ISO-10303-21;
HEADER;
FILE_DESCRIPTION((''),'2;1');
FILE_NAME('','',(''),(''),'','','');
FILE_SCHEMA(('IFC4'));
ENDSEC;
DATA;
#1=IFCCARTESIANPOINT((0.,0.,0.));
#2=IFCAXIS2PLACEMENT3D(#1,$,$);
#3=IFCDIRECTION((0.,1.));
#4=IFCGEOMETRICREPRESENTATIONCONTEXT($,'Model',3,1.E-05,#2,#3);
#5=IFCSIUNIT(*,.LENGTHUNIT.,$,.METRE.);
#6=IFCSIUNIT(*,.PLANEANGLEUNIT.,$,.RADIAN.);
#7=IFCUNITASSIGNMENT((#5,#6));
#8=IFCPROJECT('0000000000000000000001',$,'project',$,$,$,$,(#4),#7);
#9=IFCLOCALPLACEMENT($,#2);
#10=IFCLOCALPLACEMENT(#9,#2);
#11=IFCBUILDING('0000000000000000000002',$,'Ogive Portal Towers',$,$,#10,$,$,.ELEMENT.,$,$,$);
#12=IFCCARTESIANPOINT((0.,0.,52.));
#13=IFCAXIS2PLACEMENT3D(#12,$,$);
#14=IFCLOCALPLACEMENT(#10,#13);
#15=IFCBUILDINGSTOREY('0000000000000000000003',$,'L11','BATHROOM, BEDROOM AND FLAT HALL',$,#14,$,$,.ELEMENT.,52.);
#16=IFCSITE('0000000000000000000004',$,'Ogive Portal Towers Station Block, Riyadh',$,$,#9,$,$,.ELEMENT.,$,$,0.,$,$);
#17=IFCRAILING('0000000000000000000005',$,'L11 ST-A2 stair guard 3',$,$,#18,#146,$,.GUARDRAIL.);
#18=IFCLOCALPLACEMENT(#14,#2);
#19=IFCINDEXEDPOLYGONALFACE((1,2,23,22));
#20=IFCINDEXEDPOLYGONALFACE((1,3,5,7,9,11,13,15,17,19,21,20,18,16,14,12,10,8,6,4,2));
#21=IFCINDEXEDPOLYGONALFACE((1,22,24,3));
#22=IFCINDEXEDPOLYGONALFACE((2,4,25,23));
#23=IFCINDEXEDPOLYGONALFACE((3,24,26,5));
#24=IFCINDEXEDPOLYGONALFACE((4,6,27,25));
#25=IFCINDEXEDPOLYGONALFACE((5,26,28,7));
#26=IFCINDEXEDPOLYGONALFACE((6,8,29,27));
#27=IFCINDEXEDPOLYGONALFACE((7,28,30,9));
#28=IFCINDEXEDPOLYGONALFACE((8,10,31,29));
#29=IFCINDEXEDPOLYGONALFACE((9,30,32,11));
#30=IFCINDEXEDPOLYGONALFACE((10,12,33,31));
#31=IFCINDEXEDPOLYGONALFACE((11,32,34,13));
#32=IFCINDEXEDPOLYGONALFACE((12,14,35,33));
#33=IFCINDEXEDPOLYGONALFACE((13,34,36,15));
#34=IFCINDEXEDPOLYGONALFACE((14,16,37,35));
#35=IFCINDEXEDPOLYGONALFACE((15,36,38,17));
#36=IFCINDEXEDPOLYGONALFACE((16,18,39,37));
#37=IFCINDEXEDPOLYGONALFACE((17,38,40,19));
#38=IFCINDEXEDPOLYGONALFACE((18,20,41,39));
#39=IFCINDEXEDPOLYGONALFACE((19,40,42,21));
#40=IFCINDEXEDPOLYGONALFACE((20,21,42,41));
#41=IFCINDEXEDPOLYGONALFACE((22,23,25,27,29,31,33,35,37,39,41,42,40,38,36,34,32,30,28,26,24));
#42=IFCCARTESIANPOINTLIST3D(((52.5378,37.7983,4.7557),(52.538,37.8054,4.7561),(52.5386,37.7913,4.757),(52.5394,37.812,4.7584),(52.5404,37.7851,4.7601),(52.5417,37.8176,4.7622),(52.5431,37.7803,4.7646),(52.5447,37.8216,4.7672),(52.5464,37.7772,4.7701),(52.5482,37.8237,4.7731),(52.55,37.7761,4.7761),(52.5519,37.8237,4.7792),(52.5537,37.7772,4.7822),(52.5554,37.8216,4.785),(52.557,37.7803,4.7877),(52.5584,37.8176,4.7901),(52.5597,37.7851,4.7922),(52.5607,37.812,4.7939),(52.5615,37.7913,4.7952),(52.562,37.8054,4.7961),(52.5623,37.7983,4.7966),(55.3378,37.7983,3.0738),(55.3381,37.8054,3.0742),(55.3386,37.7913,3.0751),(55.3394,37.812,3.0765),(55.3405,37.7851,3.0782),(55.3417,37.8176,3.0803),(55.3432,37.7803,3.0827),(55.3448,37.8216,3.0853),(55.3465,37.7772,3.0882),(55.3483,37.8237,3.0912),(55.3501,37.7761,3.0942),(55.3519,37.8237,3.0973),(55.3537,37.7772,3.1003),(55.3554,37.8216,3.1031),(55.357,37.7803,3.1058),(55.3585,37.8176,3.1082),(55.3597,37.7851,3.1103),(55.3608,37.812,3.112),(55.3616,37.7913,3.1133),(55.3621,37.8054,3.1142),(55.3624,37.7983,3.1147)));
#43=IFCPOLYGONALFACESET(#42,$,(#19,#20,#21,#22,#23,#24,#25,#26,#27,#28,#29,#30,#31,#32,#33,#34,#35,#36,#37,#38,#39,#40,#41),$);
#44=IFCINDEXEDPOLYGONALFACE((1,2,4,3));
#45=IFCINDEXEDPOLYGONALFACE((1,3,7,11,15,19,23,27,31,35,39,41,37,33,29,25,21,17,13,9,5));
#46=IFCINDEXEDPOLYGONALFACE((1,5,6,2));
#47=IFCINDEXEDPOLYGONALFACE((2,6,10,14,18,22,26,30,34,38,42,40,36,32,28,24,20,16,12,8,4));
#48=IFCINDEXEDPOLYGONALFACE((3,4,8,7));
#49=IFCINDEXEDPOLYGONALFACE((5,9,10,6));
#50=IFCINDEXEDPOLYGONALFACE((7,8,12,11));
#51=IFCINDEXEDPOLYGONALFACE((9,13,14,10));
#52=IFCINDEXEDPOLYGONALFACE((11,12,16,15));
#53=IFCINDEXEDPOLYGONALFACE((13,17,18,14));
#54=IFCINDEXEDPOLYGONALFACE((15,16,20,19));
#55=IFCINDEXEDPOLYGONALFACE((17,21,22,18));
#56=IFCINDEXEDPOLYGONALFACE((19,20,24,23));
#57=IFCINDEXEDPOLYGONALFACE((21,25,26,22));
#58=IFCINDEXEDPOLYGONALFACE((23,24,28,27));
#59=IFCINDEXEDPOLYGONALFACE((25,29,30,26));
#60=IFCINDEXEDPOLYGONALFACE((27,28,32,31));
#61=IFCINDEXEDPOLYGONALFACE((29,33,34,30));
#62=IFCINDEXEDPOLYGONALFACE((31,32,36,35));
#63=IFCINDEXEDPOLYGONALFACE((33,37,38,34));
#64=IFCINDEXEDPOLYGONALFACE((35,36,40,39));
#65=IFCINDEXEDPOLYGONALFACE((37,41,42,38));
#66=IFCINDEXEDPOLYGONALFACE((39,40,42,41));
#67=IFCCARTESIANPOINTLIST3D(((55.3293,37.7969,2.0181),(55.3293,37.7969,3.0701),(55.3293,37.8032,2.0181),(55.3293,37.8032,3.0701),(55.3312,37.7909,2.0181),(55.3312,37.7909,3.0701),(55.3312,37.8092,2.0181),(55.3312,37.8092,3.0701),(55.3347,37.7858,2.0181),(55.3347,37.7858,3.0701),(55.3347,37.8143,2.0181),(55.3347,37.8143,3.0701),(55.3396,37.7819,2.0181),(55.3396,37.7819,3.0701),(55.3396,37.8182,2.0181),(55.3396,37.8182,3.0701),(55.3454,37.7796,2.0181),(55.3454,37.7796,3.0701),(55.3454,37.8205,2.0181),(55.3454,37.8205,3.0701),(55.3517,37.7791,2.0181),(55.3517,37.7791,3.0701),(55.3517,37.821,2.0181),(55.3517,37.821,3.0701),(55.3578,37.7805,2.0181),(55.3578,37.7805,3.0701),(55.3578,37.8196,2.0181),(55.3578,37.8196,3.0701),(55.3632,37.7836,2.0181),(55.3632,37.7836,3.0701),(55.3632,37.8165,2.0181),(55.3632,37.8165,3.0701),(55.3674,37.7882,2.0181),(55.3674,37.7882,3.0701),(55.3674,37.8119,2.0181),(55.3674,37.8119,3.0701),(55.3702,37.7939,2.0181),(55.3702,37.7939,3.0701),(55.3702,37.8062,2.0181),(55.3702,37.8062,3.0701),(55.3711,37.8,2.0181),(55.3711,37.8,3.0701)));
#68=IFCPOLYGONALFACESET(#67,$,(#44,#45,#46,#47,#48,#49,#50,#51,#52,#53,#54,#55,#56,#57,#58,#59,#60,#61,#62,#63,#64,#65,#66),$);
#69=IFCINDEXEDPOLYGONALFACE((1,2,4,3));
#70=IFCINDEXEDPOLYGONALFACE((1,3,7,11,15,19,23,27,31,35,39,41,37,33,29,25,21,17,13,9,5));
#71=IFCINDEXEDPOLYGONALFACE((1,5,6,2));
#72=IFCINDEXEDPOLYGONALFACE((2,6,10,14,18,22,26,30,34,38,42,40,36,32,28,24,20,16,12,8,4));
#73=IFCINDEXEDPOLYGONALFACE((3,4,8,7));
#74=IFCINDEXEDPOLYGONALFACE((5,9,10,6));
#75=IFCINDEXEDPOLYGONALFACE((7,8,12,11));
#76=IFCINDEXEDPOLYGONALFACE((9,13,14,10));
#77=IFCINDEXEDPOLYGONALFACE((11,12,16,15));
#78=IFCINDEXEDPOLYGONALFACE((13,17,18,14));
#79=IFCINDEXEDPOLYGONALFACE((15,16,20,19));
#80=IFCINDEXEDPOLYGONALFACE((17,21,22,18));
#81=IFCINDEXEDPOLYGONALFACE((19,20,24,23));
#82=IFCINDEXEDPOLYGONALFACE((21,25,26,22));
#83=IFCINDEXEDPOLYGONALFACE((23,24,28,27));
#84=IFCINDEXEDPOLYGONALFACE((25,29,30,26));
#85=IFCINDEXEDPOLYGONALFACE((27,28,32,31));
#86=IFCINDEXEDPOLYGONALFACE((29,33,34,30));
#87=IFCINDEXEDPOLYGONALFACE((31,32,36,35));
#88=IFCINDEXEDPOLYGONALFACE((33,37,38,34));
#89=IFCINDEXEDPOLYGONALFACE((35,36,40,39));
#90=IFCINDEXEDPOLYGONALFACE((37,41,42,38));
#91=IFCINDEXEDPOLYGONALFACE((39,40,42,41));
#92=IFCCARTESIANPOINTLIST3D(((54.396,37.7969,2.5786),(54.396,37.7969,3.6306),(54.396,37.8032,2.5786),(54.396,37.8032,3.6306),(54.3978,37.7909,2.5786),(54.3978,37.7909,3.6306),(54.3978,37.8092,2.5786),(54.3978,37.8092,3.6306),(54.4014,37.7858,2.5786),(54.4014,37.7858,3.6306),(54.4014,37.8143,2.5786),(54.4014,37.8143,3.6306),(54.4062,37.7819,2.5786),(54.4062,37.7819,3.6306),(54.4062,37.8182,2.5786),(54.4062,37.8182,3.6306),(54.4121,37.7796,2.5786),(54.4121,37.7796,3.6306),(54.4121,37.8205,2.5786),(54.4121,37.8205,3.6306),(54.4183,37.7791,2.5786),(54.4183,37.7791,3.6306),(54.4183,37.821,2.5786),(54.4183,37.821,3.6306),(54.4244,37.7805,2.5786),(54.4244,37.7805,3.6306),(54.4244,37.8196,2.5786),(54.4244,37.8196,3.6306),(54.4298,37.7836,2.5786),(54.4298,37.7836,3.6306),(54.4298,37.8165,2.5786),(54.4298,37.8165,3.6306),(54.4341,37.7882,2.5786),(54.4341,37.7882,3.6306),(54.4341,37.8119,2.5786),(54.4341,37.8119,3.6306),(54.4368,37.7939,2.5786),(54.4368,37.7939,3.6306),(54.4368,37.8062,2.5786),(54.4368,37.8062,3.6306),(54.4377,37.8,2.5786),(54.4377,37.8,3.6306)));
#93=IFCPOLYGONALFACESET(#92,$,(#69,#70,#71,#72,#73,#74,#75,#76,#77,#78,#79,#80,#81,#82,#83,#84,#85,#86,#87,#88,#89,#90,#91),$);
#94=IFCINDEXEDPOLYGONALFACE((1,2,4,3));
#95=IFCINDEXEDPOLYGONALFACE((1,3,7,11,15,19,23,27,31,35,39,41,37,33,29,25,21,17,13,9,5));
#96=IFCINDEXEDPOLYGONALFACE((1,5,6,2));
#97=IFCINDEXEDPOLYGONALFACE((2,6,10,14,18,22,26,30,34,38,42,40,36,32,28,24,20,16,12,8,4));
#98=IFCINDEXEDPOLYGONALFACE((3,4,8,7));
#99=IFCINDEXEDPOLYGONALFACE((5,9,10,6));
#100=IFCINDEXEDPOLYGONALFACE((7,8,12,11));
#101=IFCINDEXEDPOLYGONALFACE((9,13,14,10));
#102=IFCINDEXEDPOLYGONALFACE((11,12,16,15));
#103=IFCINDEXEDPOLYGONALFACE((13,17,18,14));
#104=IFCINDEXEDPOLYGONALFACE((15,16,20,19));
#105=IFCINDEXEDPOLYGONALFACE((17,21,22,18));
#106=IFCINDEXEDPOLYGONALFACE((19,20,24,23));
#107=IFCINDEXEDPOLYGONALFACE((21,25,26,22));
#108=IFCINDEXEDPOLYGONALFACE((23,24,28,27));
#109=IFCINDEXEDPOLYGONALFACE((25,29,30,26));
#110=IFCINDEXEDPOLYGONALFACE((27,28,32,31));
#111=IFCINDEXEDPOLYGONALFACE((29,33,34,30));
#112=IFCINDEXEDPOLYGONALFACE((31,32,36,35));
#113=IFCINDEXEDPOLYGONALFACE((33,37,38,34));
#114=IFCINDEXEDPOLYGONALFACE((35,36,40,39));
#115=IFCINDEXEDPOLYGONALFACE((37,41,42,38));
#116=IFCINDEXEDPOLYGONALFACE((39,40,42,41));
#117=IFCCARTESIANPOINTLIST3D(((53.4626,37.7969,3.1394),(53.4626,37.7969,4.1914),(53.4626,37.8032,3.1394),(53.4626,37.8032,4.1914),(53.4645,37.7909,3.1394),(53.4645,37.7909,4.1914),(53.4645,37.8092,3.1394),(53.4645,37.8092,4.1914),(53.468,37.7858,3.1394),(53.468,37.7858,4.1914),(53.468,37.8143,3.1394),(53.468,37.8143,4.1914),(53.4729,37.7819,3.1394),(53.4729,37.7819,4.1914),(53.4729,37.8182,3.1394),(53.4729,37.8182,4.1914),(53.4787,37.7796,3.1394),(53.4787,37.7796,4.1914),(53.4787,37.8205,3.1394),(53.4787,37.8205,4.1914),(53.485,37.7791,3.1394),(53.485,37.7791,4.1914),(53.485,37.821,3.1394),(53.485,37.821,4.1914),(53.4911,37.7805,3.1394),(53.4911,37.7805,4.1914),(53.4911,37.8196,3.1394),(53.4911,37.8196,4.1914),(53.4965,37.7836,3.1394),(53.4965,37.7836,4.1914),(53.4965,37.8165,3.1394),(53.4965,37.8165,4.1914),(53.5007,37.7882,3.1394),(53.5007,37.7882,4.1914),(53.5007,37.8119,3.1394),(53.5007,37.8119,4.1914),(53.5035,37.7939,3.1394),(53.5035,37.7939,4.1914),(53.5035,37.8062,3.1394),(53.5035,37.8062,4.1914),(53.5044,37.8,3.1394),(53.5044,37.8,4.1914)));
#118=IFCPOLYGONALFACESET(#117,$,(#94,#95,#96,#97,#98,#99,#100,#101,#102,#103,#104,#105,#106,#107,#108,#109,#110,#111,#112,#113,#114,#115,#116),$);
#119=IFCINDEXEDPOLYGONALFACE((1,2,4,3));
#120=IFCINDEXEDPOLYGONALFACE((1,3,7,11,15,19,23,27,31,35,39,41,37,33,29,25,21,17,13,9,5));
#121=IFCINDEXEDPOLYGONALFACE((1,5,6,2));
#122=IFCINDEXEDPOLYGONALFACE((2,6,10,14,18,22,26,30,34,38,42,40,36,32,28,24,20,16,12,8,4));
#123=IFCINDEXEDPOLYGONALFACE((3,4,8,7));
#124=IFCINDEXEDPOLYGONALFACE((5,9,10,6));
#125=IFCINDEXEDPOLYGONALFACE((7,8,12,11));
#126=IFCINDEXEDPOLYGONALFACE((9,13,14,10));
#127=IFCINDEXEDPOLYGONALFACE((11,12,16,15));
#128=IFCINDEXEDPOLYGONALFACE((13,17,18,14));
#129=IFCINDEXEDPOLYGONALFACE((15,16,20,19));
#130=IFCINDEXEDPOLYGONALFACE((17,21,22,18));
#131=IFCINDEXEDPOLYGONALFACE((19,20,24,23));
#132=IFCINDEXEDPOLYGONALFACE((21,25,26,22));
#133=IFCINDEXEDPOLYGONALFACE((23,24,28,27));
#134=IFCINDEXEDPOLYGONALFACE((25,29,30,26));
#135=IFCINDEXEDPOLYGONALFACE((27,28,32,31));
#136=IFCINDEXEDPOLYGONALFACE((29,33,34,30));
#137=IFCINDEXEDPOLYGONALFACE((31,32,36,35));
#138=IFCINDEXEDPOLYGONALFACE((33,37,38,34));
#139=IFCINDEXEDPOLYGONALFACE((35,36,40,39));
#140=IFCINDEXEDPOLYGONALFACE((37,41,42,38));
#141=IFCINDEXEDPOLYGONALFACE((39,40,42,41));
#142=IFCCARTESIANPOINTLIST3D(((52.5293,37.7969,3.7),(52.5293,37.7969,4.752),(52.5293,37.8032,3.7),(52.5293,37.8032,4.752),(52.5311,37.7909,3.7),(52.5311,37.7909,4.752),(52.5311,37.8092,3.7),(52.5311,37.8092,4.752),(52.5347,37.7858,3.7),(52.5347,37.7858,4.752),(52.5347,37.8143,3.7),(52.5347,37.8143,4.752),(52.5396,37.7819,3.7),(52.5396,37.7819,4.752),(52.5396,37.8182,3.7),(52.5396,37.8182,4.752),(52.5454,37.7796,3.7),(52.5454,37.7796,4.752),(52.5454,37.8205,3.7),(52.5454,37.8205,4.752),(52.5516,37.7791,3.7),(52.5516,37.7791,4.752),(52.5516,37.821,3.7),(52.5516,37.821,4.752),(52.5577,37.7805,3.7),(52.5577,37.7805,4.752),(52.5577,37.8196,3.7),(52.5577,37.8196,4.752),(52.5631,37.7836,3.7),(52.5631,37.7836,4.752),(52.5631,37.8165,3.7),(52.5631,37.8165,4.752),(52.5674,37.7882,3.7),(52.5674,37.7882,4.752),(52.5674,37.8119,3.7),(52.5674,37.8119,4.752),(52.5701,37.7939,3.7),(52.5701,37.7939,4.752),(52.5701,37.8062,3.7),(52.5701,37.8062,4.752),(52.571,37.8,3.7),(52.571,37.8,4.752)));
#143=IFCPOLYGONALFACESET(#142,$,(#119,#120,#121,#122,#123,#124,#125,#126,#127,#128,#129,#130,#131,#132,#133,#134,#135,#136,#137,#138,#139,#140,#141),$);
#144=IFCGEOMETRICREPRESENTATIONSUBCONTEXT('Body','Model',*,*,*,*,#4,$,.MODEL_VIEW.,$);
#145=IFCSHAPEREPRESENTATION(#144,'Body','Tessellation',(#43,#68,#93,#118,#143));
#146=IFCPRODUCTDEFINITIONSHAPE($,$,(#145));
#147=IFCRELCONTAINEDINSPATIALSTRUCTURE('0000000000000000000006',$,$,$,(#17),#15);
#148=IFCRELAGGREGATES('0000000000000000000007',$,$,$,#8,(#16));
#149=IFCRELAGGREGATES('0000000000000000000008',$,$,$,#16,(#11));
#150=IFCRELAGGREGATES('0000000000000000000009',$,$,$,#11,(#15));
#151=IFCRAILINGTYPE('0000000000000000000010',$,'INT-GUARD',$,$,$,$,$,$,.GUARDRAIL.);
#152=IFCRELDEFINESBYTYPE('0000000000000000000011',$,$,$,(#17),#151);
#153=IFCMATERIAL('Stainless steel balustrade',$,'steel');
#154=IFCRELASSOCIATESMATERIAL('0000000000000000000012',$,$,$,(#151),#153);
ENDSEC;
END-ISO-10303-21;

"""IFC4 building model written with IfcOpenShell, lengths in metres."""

from ifc_helpers import new_model, si_unit, direction, frame, origin, origin_2d, place, context, subcontext, project, spatial, circle, extrude, material, type_object, element, save


model = new_model("IFC4")

# Units and contexts
model_context = context("Model", 3, precision=1e-05, world=origin(), true_north=direction((0.0, 1.0)))
body_context = subcontext(model_context, "Body", "Model", "MODEL_VIEW")
ifc_project = project(units=[si_unit("LENGTHUNIT", "METRE"), si_unit("PLANEANGLEUNIT", "RADIAN")], contexts=[model_context])

# Site, building, storey
site_placement = place(None, origin())
site = spatial("IfcSite", under=ifc_project, at=site_placement, Name="Ogive Portal Towers Station Block, Riyadh", CompositionType="ELEMENT", RefElevation=0.0)
building_placement = place(site_placement, origin())
building = spatial("IfcBuilding", under=site, at=building_placement, Name="Ogive Portal Towers", CompositionType="ELEMENT")
storey_placement = place(building_placement, frame((0.0, 0.0, 52.0)))
storey = spatial("IfcBuildingStorey", under=building, at=storey_placement, Name="L11", Description="BATHROOM, BEDROOM AND FLAT HALL", CompositionType="ELEMENT", Elevation=52.0)

# Railing
ifc_material_1 = material(Name="Stainless steel balustrade", Category="steel")
railing_type_1 = type_object("IfcRailingType", Name="INT-GUARD", PredefinedType="GUARDRAIL", material=ifc_material_1)
railing_1_placement = place(storey_placement, frame((55.3501, 37.8, 2.0181)))
element("IfcRailing", 1, at=railing_1_placement, inside=storey, type_object=railing_type_1, Name="L11 ST-A2 stair guard 3", PredefinedType="GUARDRAIL", context=body_context, shape_type="SweptSolid", body=[
    extrude(circle(Radius=0.0239, at=origin_2d()), frame((0.0, 0.0, 1.0762), z_axis=(-0.857242, 0.0, 0.514913), x_axis=(0.0, -1.0, 0.0)), (0.0, 0.0, 1.0), 3.2664),
    extrude(circle(Radius=0.021, at=origin_2d()), origin(), (0.0, 0.0, 1.0), 1.052),
    extrude(circle(Radius=0.021, at=origin_2d()), frame((-0.9333, 0.0, 0.5605)), (0.0, 0.0, 1.0), 1.052),
    extrude(circle(Radius=0.021, at=origin_2d()), frame((-1.8667, 0.0, 1.1213)), (0.0, 0.0, 1.0), 1.052),
    extrude(circle(Radius=0.021, at=origin_2d()), frame((-2.8, 0.0, 1.6819)), (0.0, 0.0, 1.0), 1.052),
])

save(model, "model.ifc")
